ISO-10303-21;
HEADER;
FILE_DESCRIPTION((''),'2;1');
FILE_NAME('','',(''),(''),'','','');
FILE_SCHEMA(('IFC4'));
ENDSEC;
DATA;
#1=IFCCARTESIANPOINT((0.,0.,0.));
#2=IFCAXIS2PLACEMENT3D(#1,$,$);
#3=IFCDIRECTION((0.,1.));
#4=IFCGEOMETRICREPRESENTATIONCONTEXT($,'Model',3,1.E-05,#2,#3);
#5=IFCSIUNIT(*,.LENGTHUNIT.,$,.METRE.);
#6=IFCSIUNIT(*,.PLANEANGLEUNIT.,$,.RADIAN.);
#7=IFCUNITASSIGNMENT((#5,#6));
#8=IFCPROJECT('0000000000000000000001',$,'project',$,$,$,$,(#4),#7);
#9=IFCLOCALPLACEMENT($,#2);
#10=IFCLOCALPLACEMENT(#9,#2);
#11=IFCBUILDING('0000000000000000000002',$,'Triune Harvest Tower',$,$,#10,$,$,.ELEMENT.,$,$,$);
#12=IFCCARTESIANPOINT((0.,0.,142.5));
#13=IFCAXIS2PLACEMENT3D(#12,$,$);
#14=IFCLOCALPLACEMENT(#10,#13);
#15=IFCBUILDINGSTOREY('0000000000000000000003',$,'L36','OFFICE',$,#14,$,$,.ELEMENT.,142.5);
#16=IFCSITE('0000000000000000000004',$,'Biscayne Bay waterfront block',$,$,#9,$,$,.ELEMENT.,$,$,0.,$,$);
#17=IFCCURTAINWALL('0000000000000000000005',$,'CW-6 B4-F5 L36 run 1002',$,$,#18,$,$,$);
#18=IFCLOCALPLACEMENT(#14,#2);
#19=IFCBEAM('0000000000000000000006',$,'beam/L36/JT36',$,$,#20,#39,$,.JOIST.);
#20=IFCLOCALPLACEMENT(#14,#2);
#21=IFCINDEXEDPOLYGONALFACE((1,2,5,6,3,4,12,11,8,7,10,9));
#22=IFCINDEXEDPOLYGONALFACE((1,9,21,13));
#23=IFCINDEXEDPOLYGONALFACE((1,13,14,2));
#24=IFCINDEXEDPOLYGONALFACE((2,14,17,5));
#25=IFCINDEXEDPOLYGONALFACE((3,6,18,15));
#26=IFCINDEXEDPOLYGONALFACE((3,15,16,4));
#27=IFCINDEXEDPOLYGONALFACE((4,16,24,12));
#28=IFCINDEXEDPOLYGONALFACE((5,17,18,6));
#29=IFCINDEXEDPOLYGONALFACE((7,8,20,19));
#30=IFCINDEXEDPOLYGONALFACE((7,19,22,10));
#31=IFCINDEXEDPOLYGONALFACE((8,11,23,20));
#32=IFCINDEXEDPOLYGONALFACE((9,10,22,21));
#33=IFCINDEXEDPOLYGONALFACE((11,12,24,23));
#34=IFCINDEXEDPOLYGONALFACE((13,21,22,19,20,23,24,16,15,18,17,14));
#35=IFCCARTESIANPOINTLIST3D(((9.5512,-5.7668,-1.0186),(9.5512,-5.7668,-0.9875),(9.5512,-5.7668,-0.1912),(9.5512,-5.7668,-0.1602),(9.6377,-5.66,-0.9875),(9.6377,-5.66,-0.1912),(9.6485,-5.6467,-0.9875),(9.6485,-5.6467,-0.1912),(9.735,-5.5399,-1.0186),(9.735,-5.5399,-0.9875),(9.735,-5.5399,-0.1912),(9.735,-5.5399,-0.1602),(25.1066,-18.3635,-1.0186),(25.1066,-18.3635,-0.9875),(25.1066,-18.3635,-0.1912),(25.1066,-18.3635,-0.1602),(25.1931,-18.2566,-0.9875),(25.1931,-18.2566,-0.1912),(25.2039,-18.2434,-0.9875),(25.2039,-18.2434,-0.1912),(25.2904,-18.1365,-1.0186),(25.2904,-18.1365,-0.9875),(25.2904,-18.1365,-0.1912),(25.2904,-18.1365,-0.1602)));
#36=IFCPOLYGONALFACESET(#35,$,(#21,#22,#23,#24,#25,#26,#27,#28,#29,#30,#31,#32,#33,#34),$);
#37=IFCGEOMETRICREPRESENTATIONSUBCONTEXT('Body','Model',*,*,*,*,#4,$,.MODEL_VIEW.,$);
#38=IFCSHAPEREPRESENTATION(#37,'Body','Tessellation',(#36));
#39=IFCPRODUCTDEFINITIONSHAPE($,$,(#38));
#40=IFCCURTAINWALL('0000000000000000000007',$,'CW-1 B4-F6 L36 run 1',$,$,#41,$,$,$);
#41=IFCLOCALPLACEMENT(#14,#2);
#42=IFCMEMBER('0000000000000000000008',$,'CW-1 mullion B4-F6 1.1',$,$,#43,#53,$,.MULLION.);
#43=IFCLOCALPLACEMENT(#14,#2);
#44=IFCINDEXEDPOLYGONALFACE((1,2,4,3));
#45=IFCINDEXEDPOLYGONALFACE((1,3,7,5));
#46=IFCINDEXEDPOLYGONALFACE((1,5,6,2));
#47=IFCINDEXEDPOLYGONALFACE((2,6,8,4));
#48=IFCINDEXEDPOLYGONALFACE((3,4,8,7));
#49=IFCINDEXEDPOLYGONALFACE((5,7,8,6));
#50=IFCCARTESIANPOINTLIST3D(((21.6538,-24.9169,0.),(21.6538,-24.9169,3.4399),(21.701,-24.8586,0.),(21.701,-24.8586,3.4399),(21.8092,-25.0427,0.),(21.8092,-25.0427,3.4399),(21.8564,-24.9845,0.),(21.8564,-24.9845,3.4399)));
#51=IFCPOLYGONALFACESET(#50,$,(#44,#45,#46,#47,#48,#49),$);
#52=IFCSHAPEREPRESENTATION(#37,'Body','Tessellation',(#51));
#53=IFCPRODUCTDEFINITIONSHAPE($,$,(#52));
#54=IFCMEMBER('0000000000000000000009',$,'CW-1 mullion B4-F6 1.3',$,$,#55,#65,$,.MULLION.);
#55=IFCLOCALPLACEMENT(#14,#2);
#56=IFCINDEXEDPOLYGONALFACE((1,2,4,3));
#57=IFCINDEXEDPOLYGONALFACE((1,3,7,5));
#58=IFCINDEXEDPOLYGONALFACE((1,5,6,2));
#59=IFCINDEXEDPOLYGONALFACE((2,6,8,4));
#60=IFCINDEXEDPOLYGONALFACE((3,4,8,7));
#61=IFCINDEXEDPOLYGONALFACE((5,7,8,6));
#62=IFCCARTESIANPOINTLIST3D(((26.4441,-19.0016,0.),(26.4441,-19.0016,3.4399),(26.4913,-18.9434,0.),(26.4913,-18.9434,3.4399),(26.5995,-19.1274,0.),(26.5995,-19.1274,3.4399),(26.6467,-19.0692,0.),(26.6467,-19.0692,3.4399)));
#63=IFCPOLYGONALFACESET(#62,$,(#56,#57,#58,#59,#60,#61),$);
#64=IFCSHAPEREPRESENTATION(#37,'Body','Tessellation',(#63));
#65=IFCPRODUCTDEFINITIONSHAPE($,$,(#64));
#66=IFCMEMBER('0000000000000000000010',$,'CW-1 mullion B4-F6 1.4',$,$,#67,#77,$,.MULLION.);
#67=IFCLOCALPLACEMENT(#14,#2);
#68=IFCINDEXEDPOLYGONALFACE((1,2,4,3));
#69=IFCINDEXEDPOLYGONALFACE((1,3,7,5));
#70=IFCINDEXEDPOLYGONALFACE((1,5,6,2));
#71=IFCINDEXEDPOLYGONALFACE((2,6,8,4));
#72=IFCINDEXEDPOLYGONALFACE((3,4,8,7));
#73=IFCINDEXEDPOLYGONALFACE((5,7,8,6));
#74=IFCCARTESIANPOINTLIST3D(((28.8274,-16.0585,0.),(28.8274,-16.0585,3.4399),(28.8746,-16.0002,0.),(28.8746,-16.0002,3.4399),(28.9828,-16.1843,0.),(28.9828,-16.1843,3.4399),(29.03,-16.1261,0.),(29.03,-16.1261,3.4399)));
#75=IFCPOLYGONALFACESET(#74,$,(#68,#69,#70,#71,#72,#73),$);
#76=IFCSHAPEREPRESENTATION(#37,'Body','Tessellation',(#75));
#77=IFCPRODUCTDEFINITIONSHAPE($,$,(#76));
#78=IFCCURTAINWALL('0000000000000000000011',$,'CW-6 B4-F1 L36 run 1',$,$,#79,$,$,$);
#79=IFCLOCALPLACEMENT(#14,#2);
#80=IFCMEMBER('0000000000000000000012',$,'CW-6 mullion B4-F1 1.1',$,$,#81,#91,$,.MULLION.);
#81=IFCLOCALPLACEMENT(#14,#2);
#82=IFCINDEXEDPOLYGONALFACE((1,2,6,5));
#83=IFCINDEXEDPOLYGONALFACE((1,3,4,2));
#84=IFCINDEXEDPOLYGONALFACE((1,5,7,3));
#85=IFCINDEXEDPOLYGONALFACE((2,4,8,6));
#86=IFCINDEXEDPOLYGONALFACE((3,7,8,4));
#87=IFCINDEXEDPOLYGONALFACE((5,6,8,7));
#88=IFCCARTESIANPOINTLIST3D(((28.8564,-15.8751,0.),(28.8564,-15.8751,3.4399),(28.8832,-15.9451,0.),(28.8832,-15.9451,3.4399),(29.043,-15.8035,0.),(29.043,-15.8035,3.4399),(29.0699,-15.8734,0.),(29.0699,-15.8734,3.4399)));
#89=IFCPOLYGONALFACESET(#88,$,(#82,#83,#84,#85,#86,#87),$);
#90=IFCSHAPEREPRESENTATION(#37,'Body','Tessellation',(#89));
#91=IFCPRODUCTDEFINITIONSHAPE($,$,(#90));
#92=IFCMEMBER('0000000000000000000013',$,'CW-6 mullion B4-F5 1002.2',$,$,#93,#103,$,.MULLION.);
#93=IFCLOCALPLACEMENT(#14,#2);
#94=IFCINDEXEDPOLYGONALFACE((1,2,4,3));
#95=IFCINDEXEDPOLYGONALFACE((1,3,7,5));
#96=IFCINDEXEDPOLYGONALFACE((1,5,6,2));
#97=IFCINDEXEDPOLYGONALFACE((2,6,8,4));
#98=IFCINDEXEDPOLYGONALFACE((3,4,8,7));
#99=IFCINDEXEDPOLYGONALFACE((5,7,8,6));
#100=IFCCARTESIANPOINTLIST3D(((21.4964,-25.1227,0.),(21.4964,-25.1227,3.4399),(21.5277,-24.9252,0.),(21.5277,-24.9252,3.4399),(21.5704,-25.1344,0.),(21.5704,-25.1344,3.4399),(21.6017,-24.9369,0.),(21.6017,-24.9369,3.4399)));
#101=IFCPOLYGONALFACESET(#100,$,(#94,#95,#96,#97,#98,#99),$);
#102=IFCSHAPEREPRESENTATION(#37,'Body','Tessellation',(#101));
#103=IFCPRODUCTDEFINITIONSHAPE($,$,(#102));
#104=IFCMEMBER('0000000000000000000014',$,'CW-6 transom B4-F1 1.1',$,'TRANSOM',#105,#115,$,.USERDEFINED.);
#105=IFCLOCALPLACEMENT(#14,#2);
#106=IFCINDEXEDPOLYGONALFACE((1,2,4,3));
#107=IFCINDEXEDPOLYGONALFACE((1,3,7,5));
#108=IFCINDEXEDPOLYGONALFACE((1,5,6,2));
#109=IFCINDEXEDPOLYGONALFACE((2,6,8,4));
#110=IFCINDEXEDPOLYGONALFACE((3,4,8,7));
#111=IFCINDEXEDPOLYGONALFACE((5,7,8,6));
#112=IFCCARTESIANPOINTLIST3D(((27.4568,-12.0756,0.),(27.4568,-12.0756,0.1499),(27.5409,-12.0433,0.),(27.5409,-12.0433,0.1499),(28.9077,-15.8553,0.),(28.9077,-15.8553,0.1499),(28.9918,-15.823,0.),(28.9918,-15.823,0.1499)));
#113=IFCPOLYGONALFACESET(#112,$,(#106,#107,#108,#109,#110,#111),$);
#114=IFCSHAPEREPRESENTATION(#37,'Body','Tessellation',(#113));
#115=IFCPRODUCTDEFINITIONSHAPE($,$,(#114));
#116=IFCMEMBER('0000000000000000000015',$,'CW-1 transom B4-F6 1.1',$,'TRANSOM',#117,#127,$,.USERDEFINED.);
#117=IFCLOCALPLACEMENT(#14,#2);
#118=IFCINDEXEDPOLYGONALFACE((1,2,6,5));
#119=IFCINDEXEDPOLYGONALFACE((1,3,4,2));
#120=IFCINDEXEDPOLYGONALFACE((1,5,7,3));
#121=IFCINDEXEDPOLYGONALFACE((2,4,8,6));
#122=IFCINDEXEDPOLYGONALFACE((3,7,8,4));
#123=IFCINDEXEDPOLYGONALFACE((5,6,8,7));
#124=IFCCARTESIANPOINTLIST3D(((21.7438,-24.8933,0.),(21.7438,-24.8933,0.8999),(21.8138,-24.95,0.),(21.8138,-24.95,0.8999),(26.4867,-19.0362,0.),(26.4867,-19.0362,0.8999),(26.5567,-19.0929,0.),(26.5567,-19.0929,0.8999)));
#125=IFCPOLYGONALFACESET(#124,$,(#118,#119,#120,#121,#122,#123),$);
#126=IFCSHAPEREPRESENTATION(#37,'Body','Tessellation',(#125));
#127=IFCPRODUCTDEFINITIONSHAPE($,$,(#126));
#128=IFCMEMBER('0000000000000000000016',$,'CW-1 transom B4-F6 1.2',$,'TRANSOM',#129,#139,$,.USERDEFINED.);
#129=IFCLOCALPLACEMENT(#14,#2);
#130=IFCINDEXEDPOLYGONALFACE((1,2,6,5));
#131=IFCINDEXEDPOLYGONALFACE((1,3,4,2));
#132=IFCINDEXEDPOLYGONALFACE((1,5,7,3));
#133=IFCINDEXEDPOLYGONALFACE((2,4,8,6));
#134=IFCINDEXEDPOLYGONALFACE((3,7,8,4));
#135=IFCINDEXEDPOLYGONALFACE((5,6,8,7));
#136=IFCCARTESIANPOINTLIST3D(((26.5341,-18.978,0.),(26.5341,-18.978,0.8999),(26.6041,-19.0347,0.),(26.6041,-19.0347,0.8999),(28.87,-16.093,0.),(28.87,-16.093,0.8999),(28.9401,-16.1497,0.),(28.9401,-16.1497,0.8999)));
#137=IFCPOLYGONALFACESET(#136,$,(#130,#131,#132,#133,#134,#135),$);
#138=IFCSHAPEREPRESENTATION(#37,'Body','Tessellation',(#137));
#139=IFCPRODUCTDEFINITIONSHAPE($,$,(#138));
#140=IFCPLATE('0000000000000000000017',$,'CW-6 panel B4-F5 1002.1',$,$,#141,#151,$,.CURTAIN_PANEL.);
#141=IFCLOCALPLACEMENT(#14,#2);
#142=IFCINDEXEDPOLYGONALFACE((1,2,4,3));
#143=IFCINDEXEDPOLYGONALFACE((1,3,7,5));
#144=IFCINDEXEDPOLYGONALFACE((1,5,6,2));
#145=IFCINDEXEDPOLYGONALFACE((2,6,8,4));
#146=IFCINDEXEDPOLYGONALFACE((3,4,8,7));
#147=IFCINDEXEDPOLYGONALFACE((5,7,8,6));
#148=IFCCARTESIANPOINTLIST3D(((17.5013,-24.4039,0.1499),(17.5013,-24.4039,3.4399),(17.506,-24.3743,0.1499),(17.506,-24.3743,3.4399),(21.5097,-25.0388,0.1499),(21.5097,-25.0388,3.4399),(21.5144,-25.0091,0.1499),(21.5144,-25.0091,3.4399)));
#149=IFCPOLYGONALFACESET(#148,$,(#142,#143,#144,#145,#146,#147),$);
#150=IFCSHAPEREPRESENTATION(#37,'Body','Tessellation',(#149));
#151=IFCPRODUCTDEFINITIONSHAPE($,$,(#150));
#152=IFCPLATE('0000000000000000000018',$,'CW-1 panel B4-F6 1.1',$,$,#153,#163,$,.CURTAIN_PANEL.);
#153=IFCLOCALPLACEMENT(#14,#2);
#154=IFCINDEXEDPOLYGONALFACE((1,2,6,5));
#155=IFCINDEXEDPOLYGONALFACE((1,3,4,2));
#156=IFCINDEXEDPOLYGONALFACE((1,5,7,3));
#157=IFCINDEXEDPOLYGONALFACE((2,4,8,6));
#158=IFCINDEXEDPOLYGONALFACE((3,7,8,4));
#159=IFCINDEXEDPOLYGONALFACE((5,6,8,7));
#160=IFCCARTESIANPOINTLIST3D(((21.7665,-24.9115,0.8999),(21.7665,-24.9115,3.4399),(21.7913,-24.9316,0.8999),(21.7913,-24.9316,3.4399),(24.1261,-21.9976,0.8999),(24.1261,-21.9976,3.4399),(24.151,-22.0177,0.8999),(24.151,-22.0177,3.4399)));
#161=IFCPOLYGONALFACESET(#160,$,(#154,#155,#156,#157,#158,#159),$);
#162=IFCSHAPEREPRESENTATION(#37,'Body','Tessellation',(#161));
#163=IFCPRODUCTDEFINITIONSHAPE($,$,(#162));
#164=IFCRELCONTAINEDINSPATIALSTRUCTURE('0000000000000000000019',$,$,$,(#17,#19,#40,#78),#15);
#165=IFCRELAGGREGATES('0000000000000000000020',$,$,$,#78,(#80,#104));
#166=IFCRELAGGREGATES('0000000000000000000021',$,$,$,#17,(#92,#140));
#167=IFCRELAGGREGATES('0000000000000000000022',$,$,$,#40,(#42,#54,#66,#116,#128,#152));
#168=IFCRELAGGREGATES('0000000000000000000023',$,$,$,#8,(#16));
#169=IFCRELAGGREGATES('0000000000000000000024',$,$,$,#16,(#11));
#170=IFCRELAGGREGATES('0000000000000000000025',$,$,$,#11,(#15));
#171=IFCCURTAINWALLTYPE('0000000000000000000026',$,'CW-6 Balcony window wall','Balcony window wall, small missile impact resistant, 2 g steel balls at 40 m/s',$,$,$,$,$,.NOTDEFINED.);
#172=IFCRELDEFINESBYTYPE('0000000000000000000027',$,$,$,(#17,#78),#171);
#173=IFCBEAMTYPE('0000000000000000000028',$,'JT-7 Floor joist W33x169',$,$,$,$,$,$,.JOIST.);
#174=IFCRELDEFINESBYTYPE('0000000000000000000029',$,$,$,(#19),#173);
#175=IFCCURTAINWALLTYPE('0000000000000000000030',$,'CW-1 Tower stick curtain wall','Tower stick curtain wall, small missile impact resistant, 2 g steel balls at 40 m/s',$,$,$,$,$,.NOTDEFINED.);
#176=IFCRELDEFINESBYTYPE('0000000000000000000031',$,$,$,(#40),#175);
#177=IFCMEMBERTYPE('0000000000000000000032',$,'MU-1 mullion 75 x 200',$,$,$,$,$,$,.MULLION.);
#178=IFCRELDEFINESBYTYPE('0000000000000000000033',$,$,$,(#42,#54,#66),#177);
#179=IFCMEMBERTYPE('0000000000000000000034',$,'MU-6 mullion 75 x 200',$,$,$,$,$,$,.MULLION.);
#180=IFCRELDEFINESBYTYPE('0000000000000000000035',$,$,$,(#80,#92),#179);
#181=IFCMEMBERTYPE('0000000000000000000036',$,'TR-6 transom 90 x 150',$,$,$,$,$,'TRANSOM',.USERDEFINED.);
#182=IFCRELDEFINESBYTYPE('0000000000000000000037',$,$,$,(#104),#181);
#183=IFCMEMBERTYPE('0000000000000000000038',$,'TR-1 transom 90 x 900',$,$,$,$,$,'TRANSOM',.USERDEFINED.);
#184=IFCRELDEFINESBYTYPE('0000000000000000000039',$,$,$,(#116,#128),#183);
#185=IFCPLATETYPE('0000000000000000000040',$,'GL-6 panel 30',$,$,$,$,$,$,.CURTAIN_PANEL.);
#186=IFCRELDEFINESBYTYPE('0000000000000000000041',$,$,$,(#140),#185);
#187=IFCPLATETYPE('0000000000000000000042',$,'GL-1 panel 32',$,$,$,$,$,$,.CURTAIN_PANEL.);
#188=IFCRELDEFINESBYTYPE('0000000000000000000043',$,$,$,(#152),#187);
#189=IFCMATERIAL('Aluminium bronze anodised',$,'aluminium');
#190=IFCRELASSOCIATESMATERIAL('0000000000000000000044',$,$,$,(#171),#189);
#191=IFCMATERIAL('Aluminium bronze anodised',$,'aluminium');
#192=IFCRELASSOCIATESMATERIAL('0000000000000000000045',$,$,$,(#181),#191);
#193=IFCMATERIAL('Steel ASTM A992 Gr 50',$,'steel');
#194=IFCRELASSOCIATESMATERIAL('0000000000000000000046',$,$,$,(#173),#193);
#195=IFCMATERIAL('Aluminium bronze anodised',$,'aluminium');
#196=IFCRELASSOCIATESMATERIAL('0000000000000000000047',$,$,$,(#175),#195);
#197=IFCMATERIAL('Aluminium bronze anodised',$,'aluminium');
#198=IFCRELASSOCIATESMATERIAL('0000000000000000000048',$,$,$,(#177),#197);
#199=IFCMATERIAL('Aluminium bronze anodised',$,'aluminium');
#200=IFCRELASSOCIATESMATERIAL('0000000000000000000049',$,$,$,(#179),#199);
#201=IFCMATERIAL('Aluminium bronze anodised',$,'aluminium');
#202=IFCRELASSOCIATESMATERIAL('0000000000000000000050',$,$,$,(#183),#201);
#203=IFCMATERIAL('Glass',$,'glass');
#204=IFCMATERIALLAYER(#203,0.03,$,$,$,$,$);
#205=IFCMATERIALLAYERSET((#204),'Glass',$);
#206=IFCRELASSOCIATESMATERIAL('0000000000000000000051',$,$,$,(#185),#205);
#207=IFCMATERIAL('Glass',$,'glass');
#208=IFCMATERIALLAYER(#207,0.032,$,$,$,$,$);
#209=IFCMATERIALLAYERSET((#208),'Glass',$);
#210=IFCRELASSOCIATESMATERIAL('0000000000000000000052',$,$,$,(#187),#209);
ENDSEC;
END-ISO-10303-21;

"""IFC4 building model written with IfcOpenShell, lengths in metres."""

from ifc_helpers import new_model, si_unit, direction, frame, origin, origin_2d, place, context, subcontext, project, spatial, rectangle, i_section, extrude, source, transform, mapped, material, layer, layer_set, material_profile, profile_set, type_object, element, aggregate, save


model = new_model("IFC4")

# Units and contexts
model_context = context("Model", 3, precision=1e-05, world=origin(), true_north=direction((0.0, 1.0)))
body_context = subcontext(model_context, "Body", "Model", "MODEL_VIEW")
ifc_project = project(units=[si_unit("LENGTHUNIT", "METRE"), si_unit("PLANEANGLEUNIT", "RADIAN")], contexts=[model_context])

# Site, building, storey
site_placement = place(None, origin())
site = spatial("IfcSite", under=ifc_project, at=site_placement, Name="Biscayne Bay waterfront block", CompositionType="ELEMENT", RefElevation=0.0)
building_placement = place(site_placement, origin())
building = spatial("IfcBuilding", under=site, at=building_placement, Name="Triune Harvest Tower", CompositionType="ELEMENT")
storey_placement = place(building_placement, frame((0.0, 0.0, 142.5)))
storey = spatial("IfcBuildingStorey", under=building, at=storey_placement, Name="L36", Description="OFFICE", CompositionType="ELEMENT", Elevation=142.5)

# Curtain wall
ifc_material_1 = material(Name="Aluminium bronze anodised", Category="aluminium")
curtain_wall_type_1 = type_object("IfcCurtainWallType", Name="CW-6 Balcony window wall", Description="Balcony window wall, small missile impact resistant, 2 g steel balls at 40 m/s", PredefinedType="NOTDEFINED", material=ifc_material_1)
curtain_wall_1_placement = place(storey_placement, origin())
curtain_wall_1 = element("IfcCurtainWall", 1, at=curtain_wall_1_placement, inside=storey, type_object=curtain_wall_type_1, Name="CW-6 B4-F5 L36 run 1002")
ifc_material_2 = material(Name="Aluminium bronze anodised", Category="aluminium")
ifc_material_profile_1 = material_profile(ifc_material_2, rectangle(XDim=0.0901, YDim=0.1499, at=origin_2d()), Name="TR-6 transom 90 x 150")
ifc_profile_set_1 = profile_set([ifc_material_profile_1], Name="Aluminium bronze anodised")
member_type_1 = type_object("IfcMemberType", Name="TR-6 transom 90 x 150", ElementType="TRANSOM", PredefinedType="USERDEFINED", material=ifc_profile_set_1)

# Beam
ifc_material_3 = material(Name="Steel ASTM A992 Gr 50", Category="steel")
ifc_material_profile_2 = material_profile(ifc_material_3, i_section(OverallWidth=0.292, OverallDepth=0.8584, WebThickness=0.0171, FlangeThickness=0.031, at=origin_2d()), Name="W33x169")
ifc_profile_set_2 = profile_set([ifc_material_profile_2], Name="Steel ASTM A992 Gr 50")
beam_type_1 = type_object("IfcBeamType", Name="JT-7 Floor joist W33x169", PredefinedType="JOIST", material=ifc_profile_set_2)
shared_shape_1 = source(origin(), body_context, "Body", "SweptSolid", [
    extrude(i_section(OverallWidth=0.292, OverallDepth=0.8584, WebThickness=0.0171, FlangeThickness=0.031, at=origin_2d()), origin(), (0.0, 0.0, 1.0), 20.0161),
])
beam_1_placement = place(storey_placement, frame((25.1985, -18.25, -0.5894), z_axis=(-0.777142, 0.629325, 0.0), x_axis=(-0.629325, -0.777142, 0.0)))
element("IfcBeam", 2, at=beam_1_placement, inside=storey, type_object=beam_type_1, Name="beam/L36/JT36", PredefinedType="JOIST", context=body_context, shape_type="MappedRepresentation", body=[
    mapped(shared_shape_1, transform((0.0, 0.0, 0.0), scale=1.0)),
])

# Curtain wall, members
ifc_material_4 = material(Name="Aluminium bronze anodised", Category="aluminium")
curtain_wall_type_2 = type_object("IfcCurtainWallType", Name="CW-1 Tower stick curtain wall", Description="Tower stick curtain wall, small missile impact resistant, 2 g steel balls at 40 m/s", PredefinedType="NOTDEFINED", material=ifc_material_4)
curtain_wall_2_placement = place(storey_placement, origin())
curtain_wall_2 = element("IfcCurtainWall", 3, at=curtain_wall_2_placement, inside=storey, type_object=curtain_wall_type_2, Name="CW-1 B4-F6 L36 run 1")
ifc_material_5 = material(Name="Aluminium bronze anodised", Category="aluminium")
ifc_material_profile_3 = material_profile(ifc_material_5, rectangle(XDim=0.2, YDim=0.075, at=origin_2d()), Name="MU-1 mullion 75 x 200")
ifc_profile_set_3 = profile_set([ifc_material_profile_3], Name="Aluminium bronze anodised")
member_type_2 = type_object("IfcMemberType", Name="MU-1 mullion 75 x 200", PredefinedType="MULLION", material=ifc_profile_set_3)
shared_shape_2 = source(origin(), body_context, "Body", "SweptSolid", [
    extrude(rectangle(XDim=0.2, YDim=0.075, at=origin_2d()), origin(), (0.0, 0.0, 1.0), 3.4399),
])
member_1_placement = place(storey_placement, frame((21.7551, -24.9507, 0.0), z_axis=(0.0, 0.0, 1.0), x_axis=(-0.777146, 0.629321, 0.0)))
member_1 = element("IfcMember", 4, at=member_1_placement, type_object=member_type_2, Name="CW-1 mullion B4-F6 1.1", PredefinedType="MULLION", context=body_context, shape_type="MappedRepresentation", body=[
    mapped(shared_shape_2, transform((0.0, 0.0, 0.0), scale=1.0)),
])
member_2_placement = place(storey_placement, frame((26.5454, -19.0354, 0.0), z_axis=(0.0, 0.0, 1.0), x_axis=(-0.777146, 0.629321, 0.0)))
member_2 = element("IfcMember", 5, at=member_2_placement, type_object=member_type_2, Name="CW-1 mullion B4-F6 1.3", PredefinedType="MULLION", context=body_context, shape_type="MappedRepresentation", body=[
    mapped(shared_shape_2, transform((0.0, 0.0, 0.0), scale=1.0)),
])
member_3_placement = place(storey_placement, frame((28.9287, -16.0923, 0.0), z_axis=(0.0, 0.0, 1.0), x_axis=(-0.777146, 0.629321, 0.0)))
member_3 = element("IfcMember", 6, at=member_3_placement, type_object=member_type_2, Name="CW-1 mullion B4-F6 1.4", PredefinedType="MULLION", context=body_context, shape_type="MappedRepresentation", body=[
    mapped(shared_shape_2, transform((0.0, 0.0, 0.0), scale=1.0)),
])

# Curtain wall, member
curtain_wall_3_placement = place(storey_placement, origin())
curtain_wall_3 = element("IfcCurtainWall", 7, at=curtain_wall_3_placement, inside=storey, type_object=curtain_wall_type_1, Name="CW-6 B4-F1 L36 run 1")
ifc_material_6 = material(Name="Aluminium bronze anodised", Category="aluminium")
ifc_material_profile_4 = material_profile(ifc_material_6, rectangle(XDim=0.2, YDim=0.075, at=origin_2d()), Name="MU-6 mullion 75 x 200")
ifc_profile_set_4 = profile_set([ifc_material_profile_4], Name="Aluminium bronze anodised")
member_type_3 = type_object("IfcMemberType", Name="MU-6 mullion 75 x 200", PredefinedType="MULLION", material=ifc_profile_set_4)
shared_shape_3 = source(origin(), body_context, "Body", "SweptSolid", [
    extrude(rectangle(XDim=0.2, YDim=0.075, at=origin_2d()), origin(), (0.0, 0.0, 1.0), 3.4399),
])
member_4_placement = place(storey_placement, frame((28.9631, -15.8743, 0.0), z_axis=(0.0, 0.0, 1.0), x_axis=(-0.933582, -0.358365, 0.0)))
member_4 = element("IfcMember", 8, at=member_4_placement, type_object=member_type_3, Name="CW-6 mullion B4-F1 1.1", PredefinedType="MULLION", context=body_context, shape_type="MappedRepresentation", body=[
    mapped(shared_shape_3, transform((0.0, 0.0, 0.0), scale=1.0)),
])

# Members
member_5_placement = place(storey_placement, frame((21.5491, -25.0298, 0.0), z_axis=(0.0, 0.0, 1.0), x_axis=(0.156433, 0.987689, 0.0)))
member_5 = element("IfcMember", 9, at=member_5_placement, type_object=member_type_3, Name="CW-6 mullion B4-F5 1002.2", PredefinedType="MULLION", context=body_context, shape_type="MappedRepresentation", body=[
    mapped(shared_shape_3, transform((0.0, 0.0, 0.0), scale=1.0)),
])
shared_shape_4 = source(origin(), body_context, "Body", "SweptSolid", [
    extrude(rectangle(XDim=0.0901, YDim=0.1499, at=origin_2d()), origin(), (0.0, 0.0, 1.0), 4.0486),
])
member_6_placement = place(storey_placement, frame((28.9497, -15.8391, 0.075), z_axis=(-0.358369, 0.93358, 0.0), x_axis=(-0.93358, -0.358369, 0.0)))
member_6 = element("IfcMember", 10, at=member_6_placement, type_object=member_type_1, Name="CW-6 transom B4-F1 1.1", ObjectType="TRANSOM", PredefinedType="USERDEFINED", context=body_context, shape_type="MappedRepresentation", body=[
    mapped(shared_shape_4, transform((0.0, 0.0, 0.0), scale=1.0)),
])
aggregate(curtain_wall_3, [member_4, member_6])
ifc_material_7 = material(Name="Aluminium bronze anodised", Category="aluminium")
ifc_material_profile_5 = material_profile(ifc_material_7, rectangle(XDim=0.0901, YDim=0.8999, at=origin_2d()), Name="TR-1 transom 90 x 900")
ifc_profile_set_5 = profile_set([ifc_material_profile_5], Name="Aluminium bronze anodised")
member_type_4 = type_object("IfcMemberType", Name="TR-1 transom 90 x 900", ElementType="TRANSOM", PredefinedType="USERDEFINED", material=ifc_profile_set_5)
shared_shape_5 = source(origin(), body_context, "Body", "SweptSolid", [
    extrude(rectangle(XDim=0.0901, YDim=0.8999, at=origin_2d()), origin(), (0.0, 0.0, 1.0), 7.5366),
])
member_7_placement = place(storey_placement, frame((21.7788, -24.9216, 0.45), z_axis=(0.62931, 0.777154, 0.0), x_axis=(-0.777154, 0.62931, 0.0)))
member_7 = element("IfcMember", 11, at=member_7_placement, type_object=member_type_4, Name="CW-1 transom B4-F6 1.1", ObjectType="TRANSOM", PredefinedType="USERDEFINED", context=body_context, shape_type="MappedRepresentation", body=[
    mapped(shared_shape_5, transform((0.0, 0.0, 0.0), scale=1.0)),
])
shared_shape_6 = source(origin(), body_context, "Body", "SweptSolid", [
    extrude(rectangle(XDim=0.0901, YDim=0.8999, at=origin_2d()), origin(), (0.0, 0.0, 1.0), 3.7122),
])
member_8_placement = place(storey_placement, frame((26.5691, -19.0063, 0.45), z_axis=(0.629272, 0.777185, 0.0), x_axis=(-0.777185, 0.629272, 0.0)))
member_8 = element("IfcMember", 12, at=member_8_placement, type_object=member_type_4, Name="CW-1 transom B4-F6 1.2", ObjectType="TRANSOM", PredefinedType="USERDEFINED", context=body_context, shape_type="MappedRepresentation", body=[
    mapped(shared_shape_6, transform((0.0, 0.0, 0.0), scale=1.0)),
])

# Plates
ifc_material_8 = material(Name="Glass", Category="glass")
ifc_layer_1 = layer(ifc_material_8, 0.03)
ifc_layer_set_1 = layer_set([ifc_layer_1], Name="Glass")
plate_type_1 = type_object("IfcPlateType", Name="GL-6 panel 30", PredefinedType="CURTAIN_PANEL", material=ifc_layer_set_1)
shared_shape_7 = source(origin(), body_context, "Body", "SweptSolid", [
    extrude(rectangle(XDim=4.0583, YDim=0.03, at=origin_2d()), origin(), (0.0, 0.0, 1.0), 3.29),
])
plate_1_placement = place(storey_placement, frame((19.5078, -24.7065, 0.1499), z_axis=(0.0, 0.0, 1.0), x_axis=(0.987689, -0.156433, 0.0)))
plate_1 = element("IfcPlate", 13, at=plate_1_placement, type_object=plate_type_1, Name="CW-6 panel B4-F5 1002.1", PredefinedType="CURTAIN_PANEL", context=body_context, shape_type="MappedRepresentation", body=[
    mapped(shared_shape_7, transform((0.0, 0.0, 0.0), scale=1.0)),
])
aggregate(curtain_wall_1, [member_5, plate_1])
ifc_material_9 = material(Name="Glass", Category="glass")
ifc_layer_2 = layer(ifc_material_9, 0.032)
ifc_layer_set_2 = layer_set([ifc_layer_2], Name="Glass")
plate_type_2 = type_object("IfcPlateType", Name="GL-1 panel 32", PredefinedType="CURTAIN_PANEL", material=ifc_layer_set_2)
shared_shape_8 = source(origin(), body_context, "Body", "SweptSolid", [
    extrude(rectangle(XDim=3.7495, YDim=0.032, at=origin_2d()), origin(), (0.0, 0.0, 1.0), 2.54),
])
plate_2_placement = place(storey_placement, frame((22.9587, -23.4646, 0.8999), z_axis=(0.0, 0.0, 1.0), x_axis=(0.629321, 0.777146, 0.0)))
plate_2 = element("IfcPlate", 14, at=plate_2_placement, type_object=plate_type_2, Name="CW-1 panel B4-F6 1.1", PredefinedType="CURTAIN_PANEL", context=body_context, shape_type="MappedRepresentation", body=[
    mapped(shared_shape_8, transform((0.0, 0.0, 0.0), scale=1.0)),
])
aggregate(curtain_wall_2, [member_1, member_2, member_3, member_7, member_8, plate_2])

save(model, "model.ifc")
